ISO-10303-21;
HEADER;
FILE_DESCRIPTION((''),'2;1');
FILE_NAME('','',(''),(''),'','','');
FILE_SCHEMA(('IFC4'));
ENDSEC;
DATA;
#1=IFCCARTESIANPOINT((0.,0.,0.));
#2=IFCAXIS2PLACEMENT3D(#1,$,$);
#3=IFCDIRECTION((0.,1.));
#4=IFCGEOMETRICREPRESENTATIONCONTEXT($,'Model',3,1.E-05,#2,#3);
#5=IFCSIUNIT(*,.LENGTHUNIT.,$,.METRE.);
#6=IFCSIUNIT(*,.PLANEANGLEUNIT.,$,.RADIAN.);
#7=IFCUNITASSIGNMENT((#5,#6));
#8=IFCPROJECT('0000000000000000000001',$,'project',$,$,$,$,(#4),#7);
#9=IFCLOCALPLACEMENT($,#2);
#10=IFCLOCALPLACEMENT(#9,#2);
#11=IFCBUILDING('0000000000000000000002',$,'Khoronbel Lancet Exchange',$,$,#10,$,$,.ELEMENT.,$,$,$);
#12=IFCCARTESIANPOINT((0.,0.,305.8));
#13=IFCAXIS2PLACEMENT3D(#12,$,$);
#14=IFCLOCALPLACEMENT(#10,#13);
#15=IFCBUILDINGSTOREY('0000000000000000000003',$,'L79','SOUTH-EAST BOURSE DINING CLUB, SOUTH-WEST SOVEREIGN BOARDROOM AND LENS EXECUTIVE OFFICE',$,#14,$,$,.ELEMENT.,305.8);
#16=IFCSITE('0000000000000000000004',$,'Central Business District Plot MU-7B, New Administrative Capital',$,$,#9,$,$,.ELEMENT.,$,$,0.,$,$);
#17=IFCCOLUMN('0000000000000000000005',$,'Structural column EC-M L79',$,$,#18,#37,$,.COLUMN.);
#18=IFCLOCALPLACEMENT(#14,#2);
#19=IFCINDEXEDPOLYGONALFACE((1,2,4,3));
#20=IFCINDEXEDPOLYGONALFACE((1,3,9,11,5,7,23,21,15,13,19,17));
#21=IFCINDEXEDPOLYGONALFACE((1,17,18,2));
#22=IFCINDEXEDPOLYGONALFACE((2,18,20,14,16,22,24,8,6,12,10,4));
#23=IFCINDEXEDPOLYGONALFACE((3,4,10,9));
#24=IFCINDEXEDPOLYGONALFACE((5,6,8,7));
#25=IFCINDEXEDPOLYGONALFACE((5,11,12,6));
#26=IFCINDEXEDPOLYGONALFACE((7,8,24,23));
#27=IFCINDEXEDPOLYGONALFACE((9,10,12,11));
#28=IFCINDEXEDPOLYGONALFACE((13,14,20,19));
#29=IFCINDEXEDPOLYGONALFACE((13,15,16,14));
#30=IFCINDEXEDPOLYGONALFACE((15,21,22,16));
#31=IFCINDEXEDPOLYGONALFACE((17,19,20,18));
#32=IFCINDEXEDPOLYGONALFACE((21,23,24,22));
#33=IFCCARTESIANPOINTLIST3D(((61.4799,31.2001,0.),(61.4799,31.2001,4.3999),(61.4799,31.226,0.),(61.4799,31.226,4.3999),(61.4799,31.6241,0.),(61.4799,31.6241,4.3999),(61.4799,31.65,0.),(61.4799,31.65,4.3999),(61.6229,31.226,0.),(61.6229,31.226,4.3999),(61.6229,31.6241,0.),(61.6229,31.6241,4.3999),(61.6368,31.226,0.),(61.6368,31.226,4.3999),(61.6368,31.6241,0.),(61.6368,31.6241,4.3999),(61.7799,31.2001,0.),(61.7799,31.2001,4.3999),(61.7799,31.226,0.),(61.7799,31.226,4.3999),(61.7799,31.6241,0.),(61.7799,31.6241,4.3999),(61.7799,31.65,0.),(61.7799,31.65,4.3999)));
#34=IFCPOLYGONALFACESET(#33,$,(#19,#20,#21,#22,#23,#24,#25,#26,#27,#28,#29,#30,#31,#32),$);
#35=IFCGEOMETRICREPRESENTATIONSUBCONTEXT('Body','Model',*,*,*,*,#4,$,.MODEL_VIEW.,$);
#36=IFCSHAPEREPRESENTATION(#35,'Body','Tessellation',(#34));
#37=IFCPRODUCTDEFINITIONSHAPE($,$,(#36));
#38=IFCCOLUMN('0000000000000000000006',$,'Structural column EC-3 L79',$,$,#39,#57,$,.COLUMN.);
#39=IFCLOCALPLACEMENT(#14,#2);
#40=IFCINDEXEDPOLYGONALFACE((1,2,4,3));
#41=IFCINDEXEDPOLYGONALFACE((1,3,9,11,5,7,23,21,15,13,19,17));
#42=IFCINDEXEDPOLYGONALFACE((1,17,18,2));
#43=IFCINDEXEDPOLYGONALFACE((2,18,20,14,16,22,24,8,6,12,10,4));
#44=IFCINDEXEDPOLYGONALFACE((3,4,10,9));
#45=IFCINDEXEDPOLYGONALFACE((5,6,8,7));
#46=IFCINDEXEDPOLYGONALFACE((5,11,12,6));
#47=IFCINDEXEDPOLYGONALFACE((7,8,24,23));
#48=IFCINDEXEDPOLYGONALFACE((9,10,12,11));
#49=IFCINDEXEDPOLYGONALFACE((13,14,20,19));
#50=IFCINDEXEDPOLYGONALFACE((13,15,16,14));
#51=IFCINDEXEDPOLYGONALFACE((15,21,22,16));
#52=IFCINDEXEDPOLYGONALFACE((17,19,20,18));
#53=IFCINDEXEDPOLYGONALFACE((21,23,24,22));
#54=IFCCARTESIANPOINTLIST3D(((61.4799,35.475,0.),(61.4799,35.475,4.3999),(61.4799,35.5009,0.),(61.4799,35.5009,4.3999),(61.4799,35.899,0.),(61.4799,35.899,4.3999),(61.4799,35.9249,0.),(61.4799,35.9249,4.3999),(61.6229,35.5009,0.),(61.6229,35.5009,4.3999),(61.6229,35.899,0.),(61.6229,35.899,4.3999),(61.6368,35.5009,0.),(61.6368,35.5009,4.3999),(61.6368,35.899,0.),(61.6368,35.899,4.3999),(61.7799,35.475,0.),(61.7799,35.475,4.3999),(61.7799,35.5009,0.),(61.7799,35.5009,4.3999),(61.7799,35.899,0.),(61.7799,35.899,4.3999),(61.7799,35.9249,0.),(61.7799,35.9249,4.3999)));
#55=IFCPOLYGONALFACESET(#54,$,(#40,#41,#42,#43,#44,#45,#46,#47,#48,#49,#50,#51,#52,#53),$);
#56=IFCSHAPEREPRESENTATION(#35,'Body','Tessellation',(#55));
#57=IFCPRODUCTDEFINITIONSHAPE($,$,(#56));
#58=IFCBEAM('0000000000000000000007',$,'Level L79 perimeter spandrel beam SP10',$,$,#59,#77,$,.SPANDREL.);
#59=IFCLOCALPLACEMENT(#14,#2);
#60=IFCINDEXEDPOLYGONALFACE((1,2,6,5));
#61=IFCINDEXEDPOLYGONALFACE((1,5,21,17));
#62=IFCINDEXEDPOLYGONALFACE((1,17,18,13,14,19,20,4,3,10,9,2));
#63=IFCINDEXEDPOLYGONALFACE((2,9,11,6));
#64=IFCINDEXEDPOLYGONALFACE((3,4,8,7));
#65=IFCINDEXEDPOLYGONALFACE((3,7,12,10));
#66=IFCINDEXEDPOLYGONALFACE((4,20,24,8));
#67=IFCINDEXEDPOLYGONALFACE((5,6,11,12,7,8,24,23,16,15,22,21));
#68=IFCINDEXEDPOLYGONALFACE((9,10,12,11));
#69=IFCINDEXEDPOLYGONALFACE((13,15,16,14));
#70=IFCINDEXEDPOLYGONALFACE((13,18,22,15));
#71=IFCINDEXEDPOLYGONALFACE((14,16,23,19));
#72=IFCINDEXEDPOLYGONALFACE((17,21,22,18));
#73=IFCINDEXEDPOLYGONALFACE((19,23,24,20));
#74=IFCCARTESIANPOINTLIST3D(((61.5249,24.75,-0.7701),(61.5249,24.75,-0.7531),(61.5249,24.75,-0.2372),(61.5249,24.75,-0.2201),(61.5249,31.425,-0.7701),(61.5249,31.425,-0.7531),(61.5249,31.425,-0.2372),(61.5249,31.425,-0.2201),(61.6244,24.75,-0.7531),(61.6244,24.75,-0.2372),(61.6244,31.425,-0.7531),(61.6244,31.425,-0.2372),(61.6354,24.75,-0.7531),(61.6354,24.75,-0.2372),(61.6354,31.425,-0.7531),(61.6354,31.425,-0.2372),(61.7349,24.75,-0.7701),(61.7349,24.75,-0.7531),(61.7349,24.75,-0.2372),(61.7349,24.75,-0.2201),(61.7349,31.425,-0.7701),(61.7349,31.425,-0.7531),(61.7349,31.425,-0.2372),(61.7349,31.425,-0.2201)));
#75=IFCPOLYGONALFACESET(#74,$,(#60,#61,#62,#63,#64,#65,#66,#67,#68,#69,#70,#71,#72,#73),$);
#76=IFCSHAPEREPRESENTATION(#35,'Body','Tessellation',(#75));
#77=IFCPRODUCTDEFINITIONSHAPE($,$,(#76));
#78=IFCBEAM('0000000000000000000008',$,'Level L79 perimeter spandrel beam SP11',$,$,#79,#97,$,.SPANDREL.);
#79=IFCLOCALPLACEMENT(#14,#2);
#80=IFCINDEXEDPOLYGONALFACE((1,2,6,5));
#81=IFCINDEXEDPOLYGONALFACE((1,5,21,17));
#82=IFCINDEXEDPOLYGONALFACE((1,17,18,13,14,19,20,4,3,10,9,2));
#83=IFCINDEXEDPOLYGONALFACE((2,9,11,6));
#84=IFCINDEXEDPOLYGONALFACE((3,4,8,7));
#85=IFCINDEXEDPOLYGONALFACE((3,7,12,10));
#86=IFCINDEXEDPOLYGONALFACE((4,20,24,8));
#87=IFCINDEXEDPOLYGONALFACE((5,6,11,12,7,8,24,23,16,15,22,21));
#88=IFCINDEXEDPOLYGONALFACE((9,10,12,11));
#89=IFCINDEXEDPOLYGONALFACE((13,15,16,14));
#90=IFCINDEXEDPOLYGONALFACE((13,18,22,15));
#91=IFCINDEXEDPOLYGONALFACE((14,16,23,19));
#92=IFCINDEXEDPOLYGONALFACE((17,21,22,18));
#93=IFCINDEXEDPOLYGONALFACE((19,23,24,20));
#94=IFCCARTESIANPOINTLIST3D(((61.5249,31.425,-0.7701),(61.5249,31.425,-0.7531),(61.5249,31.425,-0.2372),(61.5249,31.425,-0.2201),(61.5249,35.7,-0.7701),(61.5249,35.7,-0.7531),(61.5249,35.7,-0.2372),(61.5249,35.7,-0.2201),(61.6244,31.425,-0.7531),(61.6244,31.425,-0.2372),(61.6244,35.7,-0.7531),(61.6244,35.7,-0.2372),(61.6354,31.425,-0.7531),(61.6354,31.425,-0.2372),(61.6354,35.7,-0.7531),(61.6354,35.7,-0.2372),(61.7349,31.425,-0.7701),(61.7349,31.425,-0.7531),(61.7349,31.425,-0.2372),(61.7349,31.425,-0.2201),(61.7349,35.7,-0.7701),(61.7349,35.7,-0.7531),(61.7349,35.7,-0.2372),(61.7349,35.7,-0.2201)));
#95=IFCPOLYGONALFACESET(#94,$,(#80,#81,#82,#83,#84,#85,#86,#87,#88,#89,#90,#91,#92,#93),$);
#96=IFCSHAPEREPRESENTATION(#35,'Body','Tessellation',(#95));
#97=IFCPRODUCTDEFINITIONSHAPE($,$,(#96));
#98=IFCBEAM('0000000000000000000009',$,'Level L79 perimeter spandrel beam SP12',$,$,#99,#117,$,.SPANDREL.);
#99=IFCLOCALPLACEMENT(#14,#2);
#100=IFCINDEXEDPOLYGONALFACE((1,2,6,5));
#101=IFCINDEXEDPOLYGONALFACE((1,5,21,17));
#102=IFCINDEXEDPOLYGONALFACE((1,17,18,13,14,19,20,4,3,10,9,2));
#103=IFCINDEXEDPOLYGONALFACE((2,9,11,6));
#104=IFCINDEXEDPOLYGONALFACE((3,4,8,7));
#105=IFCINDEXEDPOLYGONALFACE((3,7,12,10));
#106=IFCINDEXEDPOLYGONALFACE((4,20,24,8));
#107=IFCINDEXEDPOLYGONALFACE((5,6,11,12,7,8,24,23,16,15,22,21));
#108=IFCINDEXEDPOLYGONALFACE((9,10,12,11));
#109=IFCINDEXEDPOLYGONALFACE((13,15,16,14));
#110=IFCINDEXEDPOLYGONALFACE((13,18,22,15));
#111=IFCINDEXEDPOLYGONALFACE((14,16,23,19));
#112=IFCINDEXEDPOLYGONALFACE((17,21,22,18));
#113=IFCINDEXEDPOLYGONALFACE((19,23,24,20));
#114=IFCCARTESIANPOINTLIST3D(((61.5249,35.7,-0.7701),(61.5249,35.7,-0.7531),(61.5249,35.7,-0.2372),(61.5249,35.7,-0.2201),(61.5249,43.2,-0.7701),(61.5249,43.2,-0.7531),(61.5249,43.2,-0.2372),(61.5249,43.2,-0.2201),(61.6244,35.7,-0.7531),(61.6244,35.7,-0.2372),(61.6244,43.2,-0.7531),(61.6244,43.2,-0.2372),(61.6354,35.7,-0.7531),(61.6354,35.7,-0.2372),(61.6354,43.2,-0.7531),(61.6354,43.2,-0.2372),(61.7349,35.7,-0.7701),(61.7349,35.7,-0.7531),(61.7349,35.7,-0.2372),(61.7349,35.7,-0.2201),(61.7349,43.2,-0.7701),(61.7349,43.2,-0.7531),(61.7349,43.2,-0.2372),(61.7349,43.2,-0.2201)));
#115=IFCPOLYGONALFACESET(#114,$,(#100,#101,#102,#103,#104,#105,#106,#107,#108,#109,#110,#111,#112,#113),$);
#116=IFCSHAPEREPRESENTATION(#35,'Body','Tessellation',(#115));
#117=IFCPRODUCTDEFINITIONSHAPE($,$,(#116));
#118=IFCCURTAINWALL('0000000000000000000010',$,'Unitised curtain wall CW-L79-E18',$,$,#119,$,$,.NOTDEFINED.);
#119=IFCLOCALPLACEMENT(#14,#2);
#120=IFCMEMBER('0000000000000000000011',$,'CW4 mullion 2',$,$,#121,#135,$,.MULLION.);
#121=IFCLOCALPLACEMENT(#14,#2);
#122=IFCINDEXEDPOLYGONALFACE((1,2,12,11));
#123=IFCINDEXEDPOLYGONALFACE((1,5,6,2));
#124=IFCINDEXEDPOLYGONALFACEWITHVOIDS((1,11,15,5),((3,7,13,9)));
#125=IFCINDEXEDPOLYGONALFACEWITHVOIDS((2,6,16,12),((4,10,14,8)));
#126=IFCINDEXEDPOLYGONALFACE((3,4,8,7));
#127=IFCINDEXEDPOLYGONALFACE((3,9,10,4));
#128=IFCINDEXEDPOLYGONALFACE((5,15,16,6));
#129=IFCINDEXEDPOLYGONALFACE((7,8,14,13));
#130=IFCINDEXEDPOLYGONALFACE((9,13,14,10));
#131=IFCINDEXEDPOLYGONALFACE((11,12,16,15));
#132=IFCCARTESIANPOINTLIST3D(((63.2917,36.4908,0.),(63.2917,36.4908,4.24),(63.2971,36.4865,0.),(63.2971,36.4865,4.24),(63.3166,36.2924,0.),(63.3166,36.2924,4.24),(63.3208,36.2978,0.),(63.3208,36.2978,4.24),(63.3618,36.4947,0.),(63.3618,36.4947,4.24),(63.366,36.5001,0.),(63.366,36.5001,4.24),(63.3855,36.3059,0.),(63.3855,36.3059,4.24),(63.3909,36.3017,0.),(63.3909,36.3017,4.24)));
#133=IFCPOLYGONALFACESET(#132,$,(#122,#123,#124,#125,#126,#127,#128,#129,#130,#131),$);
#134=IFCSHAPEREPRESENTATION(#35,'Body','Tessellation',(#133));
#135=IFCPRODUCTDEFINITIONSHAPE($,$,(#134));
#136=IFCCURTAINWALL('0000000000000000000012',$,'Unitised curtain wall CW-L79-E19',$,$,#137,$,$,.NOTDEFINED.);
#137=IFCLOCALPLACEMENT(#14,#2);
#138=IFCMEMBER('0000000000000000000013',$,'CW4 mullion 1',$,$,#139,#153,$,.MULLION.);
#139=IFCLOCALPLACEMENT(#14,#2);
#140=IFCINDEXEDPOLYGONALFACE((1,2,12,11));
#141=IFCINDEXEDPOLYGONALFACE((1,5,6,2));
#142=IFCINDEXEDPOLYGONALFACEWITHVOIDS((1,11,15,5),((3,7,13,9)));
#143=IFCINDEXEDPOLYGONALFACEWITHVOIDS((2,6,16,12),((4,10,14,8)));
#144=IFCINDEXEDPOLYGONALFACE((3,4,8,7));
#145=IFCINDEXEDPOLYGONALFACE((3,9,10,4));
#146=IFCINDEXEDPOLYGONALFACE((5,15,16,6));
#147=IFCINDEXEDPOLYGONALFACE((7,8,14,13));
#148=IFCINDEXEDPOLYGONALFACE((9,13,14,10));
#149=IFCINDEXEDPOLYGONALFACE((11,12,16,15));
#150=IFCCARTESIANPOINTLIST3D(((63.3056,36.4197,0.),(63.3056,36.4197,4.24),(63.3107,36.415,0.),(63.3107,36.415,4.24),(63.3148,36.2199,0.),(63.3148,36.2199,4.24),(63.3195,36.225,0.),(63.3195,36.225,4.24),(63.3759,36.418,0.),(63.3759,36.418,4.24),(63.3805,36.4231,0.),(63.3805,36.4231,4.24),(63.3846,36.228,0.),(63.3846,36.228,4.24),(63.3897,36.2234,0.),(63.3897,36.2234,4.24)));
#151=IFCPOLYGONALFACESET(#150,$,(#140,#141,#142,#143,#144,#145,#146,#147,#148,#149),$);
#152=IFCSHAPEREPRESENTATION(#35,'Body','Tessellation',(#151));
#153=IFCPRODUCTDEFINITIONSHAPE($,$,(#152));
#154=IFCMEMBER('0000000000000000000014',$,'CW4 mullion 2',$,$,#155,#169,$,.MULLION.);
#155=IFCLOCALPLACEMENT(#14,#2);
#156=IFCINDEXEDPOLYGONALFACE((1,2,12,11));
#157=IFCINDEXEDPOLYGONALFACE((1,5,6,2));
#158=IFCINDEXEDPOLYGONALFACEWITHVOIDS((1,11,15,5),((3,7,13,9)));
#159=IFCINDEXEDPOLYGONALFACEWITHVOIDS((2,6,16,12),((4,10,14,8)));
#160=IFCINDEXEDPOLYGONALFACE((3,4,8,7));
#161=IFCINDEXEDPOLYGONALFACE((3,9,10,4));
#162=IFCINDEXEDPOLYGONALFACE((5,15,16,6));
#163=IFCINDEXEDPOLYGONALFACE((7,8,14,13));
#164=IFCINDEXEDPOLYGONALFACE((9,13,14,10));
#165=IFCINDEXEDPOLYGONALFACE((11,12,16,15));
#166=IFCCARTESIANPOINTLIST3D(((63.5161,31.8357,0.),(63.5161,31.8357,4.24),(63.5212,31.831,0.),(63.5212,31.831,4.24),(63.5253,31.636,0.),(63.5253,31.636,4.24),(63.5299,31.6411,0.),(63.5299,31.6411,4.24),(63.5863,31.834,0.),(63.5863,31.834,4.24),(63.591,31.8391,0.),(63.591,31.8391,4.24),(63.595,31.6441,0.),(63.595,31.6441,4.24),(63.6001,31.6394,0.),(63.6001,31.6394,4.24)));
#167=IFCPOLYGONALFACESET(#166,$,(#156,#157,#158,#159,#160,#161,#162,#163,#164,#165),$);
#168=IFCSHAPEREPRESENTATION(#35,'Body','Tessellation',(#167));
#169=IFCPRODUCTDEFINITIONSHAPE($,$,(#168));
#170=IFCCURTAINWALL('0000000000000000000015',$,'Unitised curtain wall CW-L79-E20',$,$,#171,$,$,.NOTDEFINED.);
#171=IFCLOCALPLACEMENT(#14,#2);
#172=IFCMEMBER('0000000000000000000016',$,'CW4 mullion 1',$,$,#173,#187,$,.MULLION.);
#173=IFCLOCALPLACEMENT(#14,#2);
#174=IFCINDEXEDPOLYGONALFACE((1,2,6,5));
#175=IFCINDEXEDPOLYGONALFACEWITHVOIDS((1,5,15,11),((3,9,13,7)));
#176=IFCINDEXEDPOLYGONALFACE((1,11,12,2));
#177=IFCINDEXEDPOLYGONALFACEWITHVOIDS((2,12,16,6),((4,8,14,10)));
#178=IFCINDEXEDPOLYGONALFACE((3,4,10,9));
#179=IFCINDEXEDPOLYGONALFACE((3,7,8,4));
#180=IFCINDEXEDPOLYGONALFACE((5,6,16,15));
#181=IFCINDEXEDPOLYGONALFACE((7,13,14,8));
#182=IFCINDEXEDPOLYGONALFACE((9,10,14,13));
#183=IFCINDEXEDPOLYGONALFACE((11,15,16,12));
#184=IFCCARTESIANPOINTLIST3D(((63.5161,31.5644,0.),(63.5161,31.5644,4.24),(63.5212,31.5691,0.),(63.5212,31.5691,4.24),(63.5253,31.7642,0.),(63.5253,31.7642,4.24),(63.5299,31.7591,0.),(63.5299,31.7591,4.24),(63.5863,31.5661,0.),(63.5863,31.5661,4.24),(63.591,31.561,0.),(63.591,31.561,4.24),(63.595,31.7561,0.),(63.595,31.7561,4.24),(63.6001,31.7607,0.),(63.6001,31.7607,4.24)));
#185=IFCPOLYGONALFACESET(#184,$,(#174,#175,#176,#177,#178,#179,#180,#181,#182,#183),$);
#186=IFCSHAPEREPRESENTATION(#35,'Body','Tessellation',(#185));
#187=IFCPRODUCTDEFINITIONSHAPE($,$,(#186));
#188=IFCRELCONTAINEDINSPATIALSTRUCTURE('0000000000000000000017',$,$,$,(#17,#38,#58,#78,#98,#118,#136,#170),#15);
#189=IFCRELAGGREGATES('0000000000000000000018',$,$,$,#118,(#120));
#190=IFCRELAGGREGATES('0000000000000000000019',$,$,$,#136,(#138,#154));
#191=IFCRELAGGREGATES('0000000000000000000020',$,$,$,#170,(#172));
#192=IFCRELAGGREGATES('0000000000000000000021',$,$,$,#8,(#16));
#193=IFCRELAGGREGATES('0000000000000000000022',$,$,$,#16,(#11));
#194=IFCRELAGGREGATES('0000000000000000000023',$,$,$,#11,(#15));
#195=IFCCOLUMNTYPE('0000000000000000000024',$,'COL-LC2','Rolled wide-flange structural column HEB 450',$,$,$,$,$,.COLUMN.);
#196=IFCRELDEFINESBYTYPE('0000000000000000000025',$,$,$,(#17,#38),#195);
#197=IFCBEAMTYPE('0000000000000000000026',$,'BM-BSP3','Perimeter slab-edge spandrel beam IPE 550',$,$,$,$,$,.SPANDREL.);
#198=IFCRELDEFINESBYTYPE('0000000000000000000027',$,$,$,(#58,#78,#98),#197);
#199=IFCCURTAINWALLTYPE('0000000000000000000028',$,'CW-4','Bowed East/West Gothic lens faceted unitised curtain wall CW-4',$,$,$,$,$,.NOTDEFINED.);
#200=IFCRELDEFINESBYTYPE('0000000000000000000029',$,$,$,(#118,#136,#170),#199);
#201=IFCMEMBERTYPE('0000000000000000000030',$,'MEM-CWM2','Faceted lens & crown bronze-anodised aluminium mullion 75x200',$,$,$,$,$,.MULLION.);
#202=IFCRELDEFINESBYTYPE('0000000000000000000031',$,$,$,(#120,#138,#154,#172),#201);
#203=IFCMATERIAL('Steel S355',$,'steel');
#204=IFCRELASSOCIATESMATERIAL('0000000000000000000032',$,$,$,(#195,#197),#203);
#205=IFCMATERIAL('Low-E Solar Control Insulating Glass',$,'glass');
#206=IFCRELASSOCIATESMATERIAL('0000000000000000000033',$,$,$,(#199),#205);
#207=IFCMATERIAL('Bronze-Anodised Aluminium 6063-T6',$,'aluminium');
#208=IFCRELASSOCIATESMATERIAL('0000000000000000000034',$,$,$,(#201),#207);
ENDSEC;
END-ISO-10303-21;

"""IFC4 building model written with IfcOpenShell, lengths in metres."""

from ifc_helpers import new_model, si_unit, direction, frame, origin, origin_2d, place, context, subcontext, project, spatial, hollow_rectangle, i_section, extrude, material, material_profile, profile_set, type_object, element, aggregate, save


model = new_model("IFC4")

# Units and contexts
model_context = context("Model", 3, precision=1e-05, world=origin(), true_north=direction((0.0, 1.0)))
body_context = subcontext(model_context, "Body", "Model", "MODEL_VIEW")
ifc_project = project(units=[si_unit("LENGTHUNIT", "METRE"), si_unit("PLANEANGLEUNIT", "RADIAN")], contexts=[model_context])

# Site, building, storey
site_placement = place(None, origin())
site = spatial("IfcSite", under=ifc_project, at=site_placement, Name="Central Business District Plot MU-7B, New Administrative Capital", CompositionType="ELEMENT", RefElevation=0.0)
building_placement = place(site_placement, origin())
building = spatial("IfcBuilding", under=site, at=building_placement, Name="Khoronbel Lancet Exchange", CompositionType="ELEMENT")
storey_placement = place(building_placement, frame((0.0, 0.0, 305.8)))
storey = spatial("IfcBuildingStorey", under=building, at=storey_placement, Name="L79", Description="SOUTH-EAST BOURSE DINING CLUB, SOUTH-WEST SOVEREIGN BOARDROOM AND LENS EXECUTIVE OFFICE", CompositionType="ELEMENT", Elevation=305.8)

# Columns
ifc_material_1 = material(Name="Steel S355", Category="steel")
ifc_material_profile_1 = material_profile(ifc_material_1, i_section(OverallWidth=0.3, OverallDepth=0.45, WebThickness=0.0139, FlangeThickness=0.0259, at=origin_2d()), Name="HEB 450")
ifc_profile_set_1 = profile_set([ifc_material_profile_1], Name="Steel S355")
column_type = type_object("IfcColumnType", Name="COL-LC2", Description="Rolled wide-flange structural column HEB 450", PredefinedType="COLUMN", material=ifc_profile_set_1)
for number, where, z_axis, x_axis, name in (
    (1, (61.6299, 31.425, 0.0), (0.0, 0.0, 1.0), (1.0, 0.0, 0.0), "Structural column EC-M L79"),
    (2, (61.6299, 35.7, 0.0), (0.0, 0.0, 1.0), (1.0, 0.0, 0.0), "Structural column EC-3 L79"),
):
    element("IfcColumn", number, at=place(storey_placement, frame(where, z_axis=z_axis, x_axis=x_axis)), inside=storey, type_object=column_type, Name=name, PredefinedType="COLUMN", context=body_context, shape_type="SweptSolid", body=[
        extrude(i_section(OverallWidth=0.3, OverallDepth=0.45, WebThickness=0.0139, FlangeThickness=0.0259, at=origin_2d()), origin(), (0.0, 0.0, 1.0), 4.3999),
    ])

# Beams
ifc_material_profile_2 = material_profile(ifc_material_1, i_section(OverallWidth=0.21, OverallDepth=0.55, WebThickness=0.011, FlangeThickness=0.0171, at=origin_2d()), Name="IPE 550")
ifc_profile_set_2 = profile_set([ifc_material_profile_2], Name="Steel S355")
beam_type = type_object("IfcBeamType", Name="BM-BSP3", Description="Perimeter slab-edge spandrel beam IPE 550", PredefinedType="SPANDREL", material=ifc_profile_set_2)
beam_1_placement = place(storey_placement, frame((61.6299, 24.75, -0.4951), z_axis=(0.0, 1.0, 0.0), x_axis=(-1.0, 0.0, 0.0)))
element("IfcBeam", 3, at=beam_1_placement, inside=storey, type_object=beam_type, Name="Level L79 perimeter spandrel beam SP10", PredefinedType="SPANDREL", context=body_context, shape_type="SweptSolid", body=[
    extrude(i_section(OverallWidth=0.21, OverallDepth=0.55, WebThickness=0.011, FlangeThickness=0.0171, at=origin_2d()), origin(), (0.0, 0.0, 1.0), 6.675),
])
beam_2_placement = place(storey_placement, frame((61.6299, 31.425, -0.4951), z_axis=(0.0, 1.0, 0.0), x_axis=(-1.0, 0.0, 0.0)))
element("IfcBeam", 4, at=beam_2_placement, inside=storey, type_object=beam_type, Name="Level L79 perimeter spandrel beam SP11", PredefinedType="SPANDREL", context=body_context, shape_type="SweptSolid", body=[
    extrude(i_section(OverallWidth=0.21, OverallDepth=0.55, WebThickness=0.011, FlangeThickness=0.0171, at=origin_2d()), origin(), (0.0, 0.0, 1.0), 4.2749),
])
beam_3_placement = place(storey_placement, frame((61.6299, 35.7, -0.4951), z_axis=(0.0, 1.0, 0.0), x_axis=(-1.0, 0.0, 0.0)))
element("IfcBeam", 5, at=beam_3_placement, inside=storey, type_object=beam_type, Name="Level L79 perimeter spandrel beam SP12", PredefinedType="SPANDREL", context=body_context, shape_type="SweptSolid", body=[
    extrude(i_section(OverallWidth=0.21, OverallDepth=0.55, WebThickness=0.011, FlangeThickness=0.0171, at=origin_2d()), origin(), (0.0, 0.0, 1.0), 7.5),
])

# Curtain wall, member
ifc_material_2 = material(Name="Low-E Solar Control Insulating Glass", Category="glass")
curtain_wall_type = type_object("IfcCurtainWallType", Name="CW-4", Description="Bowed East/West Gothic lens faceted unitised curtain wall CW-4", PredefinedType="NOTDEFINED", material=ifc_material_2)
curtain_wall_1_placement = place(storey_placement, origin())
curtain_wall_1 = element("IfcCurtainWall", 6, at=curtain_wall_1_placement, inside=storey, type_object=curtain_wall_type, Name="Unitised curtain wall CW-L79-E18", PredefinedType="NOTDEFINED")
ifc_material_3 = material(Name="Bronze-Anodised Aluminium 6063-T6", Category="aluminium")
ifc_material_profile_3 = material_profile(ifc_material_3, hollow_rectangle(XDim=0.075, YDim=0.2, WallThickness=0.0049, at=origin_2d()), Name="ALU MULLION 75x200")
ifc_profile_set_3 = profile_set([ifc_material_profile_3], Name="Bronze-Anodised Aluminium 6063-T6")
member_type_1 = type_object("IfcMemberType", Name="MEM-CWM2", Description="Faceted lens & crown bronze-anodised aluminium mullion 75x200", PredefinedType="MULLION", material=ifc_profile_set_3)
member_1_placement = place(storey_placement, frame((63.3413, 36.3962, 0.0), z_axis=(0.0, 0.0, 1.0), x_axis=(0.992218, 0.124509, 0.0)))
member_1 = element("IfcMember", 7, at=member_1_placement, type_object=member_type_1, Name="CW4 mullion 2", PredefinedType="MULLION", context=body_context, shape_type="SweptSolid", body=[
    extrude(hollow_rectangle(XDim=0.075, YDim=0.2, WallThickness=0.0049, at=origin_2d()), origin(), (0.0, 0.0, 1.0), 4.24),
])
aggregate(curtain_wall_1, [member_1])

# Curtain walls, members
curtain_wall_2_placement = place(storey_placement, origin())
curtain_wall_2 = element("IfcCurtainWall", 8, at=curtain_wall_2_placement, inside=storey, type_object=curtain_wall_type, Name="Unitised curtain wall CW-L79-E19", PredefinedType="NOTDEFINED")
member_2_placement = place(storey_placement, frame((63.3477, 36.3215, 0.0), z_axis=(0.0, 0.0, 1.0), x_axis=(0.998947, 0.045884, 0.0)))
member_2 = element("IfcMember", 9, at=member_2_placement, type_object=member_type_1, Name="CW4 mullion 1", PredefinedType="MULLION", context=body_context, shape_type="SweptSolid", body=[
    extrude(hollow_rectangle(XDim=0.075, YDim=0.2, WallThickness=0.0049, at=origin_2d()), origin(), (0.0, 0.0, 1.0), 4.24),
])
member_3_placement = place(storey_placement, frame((63.5581, 31.7375, 0.0), z_axis=(0.0, 0.0, 1.0), x_axis=(0.998947, 0.045884, 0.0)))
member_3 = element("IfcMember", 10, at=member_3_placement, type_object=member_type_1, Name="CW4 mullion 2", PredefinedType="MULLION", context=body_context, shape_type="SweptSolid", body=[
    extrude(hollow_rectangle(XDim=0.075, YDim=0.2, WallThickness=0.0049, at=origin_2d()), origin(), (0.0, 0.0, 1.0), 4.24),
])
curtain_wall_3_placement = place(storey_placement, origin())
curtain_wall_3 = element("IfcCurtainWall", 11, at=curtain_wall_3_placement, inside=storey, type_object=curtain_wall_type, Name="Unitised curtain wall CW-L79-E20", PredefinedType="NOTDEFINED")
member_4_placement = place(storey_placement, frame((63.5581, 31.6626, 0.0), z_axis=(0.0, 0.0, 1.0), x_axis=(0.998947, -0.045884, 0.0)))
member_4 = element("IfcMember", 12, at=member_4_placement, type_object=member_type_1, Name="CW4 mullion 1", PredefinedType="MULLION", context=body_context, shape_type="SweptSolid", body=[
    extrude(hollow_rectangle(XDim=0.075, YDim=0.2, WallThickness=0.0049, at=origin_2d()), origin(), (0.0, 0.0, 1.0), 4.24),
])

aggregate(curtain_wall_2, [member_2, member_3])
aggregate(curtain_wall_3, [member_4])

save(model, "model.ifc")
